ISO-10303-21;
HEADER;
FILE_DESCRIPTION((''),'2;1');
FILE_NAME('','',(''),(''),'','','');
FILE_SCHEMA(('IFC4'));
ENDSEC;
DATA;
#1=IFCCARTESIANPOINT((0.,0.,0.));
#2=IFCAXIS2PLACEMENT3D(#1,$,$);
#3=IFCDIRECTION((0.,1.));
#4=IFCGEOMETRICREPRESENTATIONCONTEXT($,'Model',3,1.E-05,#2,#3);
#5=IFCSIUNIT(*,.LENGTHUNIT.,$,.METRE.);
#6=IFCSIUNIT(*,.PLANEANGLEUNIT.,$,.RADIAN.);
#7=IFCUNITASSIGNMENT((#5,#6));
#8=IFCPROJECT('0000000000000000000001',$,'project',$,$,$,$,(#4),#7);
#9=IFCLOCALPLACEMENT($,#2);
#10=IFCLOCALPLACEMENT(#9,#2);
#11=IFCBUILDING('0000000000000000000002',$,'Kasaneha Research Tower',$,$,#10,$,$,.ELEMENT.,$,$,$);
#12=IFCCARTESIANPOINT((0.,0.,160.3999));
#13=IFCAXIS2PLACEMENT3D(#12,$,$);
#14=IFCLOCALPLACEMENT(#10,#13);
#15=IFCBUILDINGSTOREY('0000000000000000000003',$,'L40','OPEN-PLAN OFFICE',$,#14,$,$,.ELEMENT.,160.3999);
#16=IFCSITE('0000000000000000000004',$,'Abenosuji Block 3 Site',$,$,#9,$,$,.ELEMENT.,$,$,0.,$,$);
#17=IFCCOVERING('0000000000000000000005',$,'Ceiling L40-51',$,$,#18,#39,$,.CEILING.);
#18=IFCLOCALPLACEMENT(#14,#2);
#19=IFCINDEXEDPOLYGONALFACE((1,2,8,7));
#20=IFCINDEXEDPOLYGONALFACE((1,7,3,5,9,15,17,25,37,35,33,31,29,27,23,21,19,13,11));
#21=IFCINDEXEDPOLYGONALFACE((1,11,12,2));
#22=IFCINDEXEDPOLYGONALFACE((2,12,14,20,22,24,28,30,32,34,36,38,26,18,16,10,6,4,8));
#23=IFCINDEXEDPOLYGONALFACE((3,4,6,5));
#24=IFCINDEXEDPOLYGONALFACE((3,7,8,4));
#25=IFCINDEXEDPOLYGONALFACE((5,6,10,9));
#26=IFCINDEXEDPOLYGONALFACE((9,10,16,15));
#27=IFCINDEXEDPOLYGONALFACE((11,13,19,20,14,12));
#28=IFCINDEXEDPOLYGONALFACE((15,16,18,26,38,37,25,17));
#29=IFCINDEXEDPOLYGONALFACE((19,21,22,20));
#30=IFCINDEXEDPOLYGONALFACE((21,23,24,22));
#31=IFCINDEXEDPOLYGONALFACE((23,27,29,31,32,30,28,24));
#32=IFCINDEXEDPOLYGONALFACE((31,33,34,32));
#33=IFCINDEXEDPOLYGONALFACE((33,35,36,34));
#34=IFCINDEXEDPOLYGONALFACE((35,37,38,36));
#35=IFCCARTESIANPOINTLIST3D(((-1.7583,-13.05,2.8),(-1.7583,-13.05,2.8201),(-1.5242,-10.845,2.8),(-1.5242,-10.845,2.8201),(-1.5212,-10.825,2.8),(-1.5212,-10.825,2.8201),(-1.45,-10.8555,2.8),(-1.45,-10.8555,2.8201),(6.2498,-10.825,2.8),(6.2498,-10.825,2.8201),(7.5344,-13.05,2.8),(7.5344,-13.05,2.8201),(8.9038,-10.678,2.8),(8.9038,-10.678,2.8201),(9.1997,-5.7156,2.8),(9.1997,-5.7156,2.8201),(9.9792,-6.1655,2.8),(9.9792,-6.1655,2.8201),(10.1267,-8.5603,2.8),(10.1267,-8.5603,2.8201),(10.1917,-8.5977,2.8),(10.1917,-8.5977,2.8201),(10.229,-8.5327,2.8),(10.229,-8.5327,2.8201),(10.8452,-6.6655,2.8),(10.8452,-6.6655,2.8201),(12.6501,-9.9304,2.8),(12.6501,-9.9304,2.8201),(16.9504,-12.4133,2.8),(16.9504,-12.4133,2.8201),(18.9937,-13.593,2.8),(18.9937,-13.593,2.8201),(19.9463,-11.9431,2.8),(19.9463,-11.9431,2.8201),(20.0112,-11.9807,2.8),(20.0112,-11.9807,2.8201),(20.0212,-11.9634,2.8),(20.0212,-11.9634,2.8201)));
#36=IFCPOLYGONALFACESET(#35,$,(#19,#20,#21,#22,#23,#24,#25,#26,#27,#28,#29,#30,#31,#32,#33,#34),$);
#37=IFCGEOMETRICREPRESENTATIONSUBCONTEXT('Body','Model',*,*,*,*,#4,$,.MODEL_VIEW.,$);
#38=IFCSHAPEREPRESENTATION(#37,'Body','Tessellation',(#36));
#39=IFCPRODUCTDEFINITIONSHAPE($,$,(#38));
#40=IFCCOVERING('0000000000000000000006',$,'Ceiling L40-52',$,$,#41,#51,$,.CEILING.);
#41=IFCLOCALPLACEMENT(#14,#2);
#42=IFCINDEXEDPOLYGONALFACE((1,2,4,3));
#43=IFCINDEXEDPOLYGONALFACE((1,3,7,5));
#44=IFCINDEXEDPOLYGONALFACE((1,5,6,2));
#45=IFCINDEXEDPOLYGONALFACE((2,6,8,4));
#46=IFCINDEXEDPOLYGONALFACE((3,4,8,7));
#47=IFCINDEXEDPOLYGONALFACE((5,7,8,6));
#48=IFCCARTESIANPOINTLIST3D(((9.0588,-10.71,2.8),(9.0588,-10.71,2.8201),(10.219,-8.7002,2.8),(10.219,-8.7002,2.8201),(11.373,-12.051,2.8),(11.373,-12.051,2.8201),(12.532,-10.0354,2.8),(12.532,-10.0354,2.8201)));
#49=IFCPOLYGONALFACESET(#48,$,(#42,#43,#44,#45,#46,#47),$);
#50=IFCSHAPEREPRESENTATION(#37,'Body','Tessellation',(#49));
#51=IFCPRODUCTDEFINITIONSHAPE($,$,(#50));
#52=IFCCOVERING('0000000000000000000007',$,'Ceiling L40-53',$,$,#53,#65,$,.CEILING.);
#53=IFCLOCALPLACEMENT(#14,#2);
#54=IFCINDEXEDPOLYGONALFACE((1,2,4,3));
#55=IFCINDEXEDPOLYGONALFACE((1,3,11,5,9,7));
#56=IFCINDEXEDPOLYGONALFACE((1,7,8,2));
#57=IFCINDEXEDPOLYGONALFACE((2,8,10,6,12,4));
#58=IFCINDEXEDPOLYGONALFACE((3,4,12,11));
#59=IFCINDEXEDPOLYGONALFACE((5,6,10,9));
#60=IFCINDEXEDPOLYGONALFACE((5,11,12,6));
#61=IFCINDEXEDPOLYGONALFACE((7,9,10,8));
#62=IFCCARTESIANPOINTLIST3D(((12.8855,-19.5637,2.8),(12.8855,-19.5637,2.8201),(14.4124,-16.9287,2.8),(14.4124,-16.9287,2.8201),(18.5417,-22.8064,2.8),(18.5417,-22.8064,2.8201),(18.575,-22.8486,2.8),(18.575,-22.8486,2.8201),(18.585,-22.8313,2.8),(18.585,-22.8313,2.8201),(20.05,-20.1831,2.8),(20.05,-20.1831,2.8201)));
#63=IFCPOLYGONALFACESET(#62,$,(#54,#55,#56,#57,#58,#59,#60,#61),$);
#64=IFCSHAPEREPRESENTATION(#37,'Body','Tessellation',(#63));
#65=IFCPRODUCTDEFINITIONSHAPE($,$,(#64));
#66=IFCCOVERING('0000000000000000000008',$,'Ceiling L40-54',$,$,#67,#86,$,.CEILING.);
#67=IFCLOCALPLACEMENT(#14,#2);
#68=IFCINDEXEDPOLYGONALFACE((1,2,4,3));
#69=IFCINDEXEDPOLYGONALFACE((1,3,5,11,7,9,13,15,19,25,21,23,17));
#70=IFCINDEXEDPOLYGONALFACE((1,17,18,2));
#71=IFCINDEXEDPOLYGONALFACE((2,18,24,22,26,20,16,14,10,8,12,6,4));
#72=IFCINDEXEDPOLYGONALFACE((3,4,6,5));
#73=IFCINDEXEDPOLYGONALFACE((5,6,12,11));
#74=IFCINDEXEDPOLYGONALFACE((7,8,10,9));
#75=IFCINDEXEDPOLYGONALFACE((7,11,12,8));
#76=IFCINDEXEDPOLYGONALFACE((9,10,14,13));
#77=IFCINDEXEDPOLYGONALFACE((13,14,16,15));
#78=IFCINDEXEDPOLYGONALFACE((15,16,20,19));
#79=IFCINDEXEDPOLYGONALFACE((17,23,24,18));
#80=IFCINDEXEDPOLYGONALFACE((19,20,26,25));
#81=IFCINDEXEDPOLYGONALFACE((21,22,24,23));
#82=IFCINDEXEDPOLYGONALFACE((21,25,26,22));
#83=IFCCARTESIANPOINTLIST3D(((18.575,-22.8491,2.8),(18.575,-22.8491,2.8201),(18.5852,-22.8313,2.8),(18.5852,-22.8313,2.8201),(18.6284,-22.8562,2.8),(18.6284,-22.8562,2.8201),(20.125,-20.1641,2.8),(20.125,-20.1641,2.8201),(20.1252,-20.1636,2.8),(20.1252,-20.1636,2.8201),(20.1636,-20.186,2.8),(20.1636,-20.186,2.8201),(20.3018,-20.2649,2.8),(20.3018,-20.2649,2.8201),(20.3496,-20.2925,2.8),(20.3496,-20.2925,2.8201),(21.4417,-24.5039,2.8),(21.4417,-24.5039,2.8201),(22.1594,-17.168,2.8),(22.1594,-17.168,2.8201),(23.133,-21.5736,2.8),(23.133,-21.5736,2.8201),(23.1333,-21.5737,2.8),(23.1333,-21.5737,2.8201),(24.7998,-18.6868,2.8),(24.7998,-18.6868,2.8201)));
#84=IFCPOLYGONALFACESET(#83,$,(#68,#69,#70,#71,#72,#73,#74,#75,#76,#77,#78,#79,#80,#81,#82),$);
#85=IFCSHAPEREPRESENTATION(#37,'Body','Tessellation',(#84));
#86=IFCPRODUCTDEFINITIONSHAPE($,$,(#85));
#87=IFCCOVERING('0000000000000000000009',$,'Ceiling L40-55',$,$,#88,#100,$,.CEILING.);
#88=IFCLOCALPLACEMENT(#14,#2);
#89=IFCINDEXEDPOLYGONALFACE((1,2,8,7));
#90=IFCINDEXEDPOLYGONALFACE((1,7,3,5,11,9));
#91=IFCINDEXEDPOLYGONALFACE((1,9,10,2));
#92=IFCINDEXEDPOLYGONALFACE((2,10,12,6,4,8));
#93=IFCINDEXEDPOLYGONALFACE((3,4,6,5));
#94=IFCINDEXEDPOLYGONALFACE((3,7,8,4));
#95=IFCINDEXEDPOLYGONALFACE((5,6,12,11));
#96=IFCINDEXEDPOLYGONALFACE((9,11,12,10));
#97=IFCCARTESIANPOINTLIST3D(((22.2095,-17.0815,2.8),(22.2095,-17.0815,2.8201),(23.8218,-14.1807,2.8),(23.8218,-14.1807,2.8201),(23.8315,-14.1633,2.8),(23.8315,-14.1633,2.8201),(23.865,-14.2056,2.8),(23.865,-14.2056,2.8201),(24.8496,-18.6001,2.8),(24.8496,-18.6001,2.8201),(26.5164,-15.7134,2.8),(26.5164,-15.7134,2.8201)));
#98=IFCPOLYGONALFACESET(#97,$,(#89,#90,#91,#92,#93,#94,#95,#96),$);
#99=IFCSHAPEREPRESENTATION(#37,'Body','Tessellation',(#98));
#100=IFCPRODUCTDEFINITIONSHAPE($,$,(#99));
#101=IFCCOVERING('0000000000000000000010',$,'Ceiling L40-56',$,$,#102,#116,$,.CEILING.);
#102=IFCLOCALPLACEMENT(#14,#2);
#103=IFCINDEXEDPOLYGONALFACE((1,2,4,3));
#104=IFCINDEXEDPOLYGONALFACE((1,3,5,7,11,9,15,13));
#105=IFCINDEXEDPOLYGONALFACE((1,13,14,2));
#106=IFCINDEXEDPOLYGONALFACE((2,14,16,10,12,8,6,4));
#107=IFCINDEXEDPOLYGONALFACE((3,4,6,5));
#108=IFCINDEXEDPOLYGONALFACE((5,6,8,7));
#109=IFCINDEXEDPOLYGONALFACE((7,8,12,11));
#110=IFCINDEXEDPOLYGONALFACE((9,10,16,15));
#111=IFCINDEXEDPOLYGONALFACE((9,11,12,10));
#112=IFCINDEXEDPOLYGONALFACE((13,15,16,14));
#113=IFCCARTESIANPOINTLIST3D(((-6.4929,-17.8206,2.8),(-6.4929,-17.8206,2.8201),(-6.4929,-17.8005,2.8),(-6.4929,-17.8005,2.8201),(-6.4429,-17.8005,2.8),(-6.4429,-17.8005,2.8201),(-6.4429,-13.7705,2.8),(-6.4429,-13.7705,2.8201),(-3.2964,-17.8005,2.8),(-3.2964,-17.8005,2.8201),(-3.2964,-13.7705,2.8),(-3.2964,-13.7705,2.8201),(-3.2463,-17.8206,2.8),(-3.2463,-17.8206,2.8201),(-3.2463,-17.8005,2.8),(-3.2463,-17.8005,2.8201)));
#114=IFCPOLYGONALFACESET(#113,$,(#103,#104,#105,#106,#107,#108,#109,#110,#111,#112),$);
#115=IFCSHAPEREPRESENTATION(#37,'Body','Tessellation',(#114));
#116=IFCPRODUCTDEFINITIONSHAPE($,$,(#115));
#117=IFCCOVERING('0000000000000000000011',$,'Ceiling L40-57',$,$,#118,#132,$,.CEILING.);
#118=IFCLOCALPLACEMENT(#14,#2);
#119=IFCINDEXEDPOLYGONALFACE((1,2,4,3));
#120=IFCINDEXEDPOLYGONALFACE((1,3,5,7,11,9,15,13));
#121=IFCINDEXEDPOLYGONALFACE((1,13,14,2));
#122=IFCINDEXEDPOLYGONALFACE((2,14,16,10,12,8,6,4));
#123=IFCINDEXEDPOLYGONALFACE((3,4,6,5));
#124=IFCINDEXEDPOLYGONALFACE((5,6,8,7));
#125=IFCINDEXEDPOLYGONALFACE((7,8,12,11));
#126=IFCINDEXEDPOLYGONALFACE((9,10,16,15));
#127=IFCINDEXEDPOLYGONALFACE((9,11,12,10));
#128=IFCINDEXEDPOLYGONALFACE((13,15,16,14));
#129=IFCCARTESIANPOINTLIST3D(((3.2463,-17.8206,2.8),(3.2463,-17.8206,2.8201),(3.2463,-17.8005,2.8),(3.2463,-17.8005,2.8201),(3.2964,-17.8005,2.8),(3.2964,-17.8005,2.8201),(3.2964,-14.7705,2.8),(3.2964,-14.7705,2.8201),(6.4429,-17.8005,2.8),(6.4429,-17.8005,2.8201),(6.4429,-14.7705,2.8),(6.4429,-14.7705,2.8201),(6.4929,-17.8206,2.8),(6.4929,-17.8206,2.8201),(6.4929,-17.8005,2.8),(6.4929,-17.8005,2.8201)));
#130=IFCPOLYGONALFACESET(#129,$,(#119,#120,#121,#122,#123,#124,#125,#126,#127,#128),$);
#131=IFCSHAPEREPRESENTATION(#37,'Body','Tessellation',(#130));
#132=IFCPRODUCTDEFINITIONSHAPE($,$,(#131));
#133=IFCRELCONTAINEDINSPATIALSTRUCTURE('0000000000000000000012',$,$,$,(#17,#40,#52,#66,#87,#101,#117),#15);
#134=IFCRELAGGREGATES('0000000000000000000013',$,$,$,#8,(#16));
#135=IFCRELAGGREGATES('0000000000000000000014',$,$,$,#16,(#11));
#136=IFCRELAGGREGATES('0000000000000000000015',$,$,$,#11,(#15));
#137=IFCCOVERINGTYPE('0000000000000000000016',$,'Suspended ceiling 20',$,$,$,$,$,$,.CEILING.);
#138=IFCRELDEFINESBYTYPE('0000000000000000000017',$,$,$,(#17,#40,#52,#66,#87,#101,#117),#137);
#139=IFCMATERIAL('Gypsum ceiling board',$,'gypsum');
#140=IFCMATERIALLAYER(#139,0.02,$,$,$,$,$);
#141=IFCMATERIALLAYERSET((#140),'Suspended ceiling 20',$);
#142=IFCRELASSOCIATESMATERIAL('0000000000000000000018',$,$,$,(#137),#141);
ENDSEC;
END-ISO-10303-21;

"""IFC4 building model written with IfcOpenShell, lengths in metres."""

from ifc_helpers import new_model, si_unit, direction, frame, origin, place, context, subcontext, project, spatial, polyline, outline, extrude, material, layer, layer_set, type_object, element, save


model = new_model("IFC4")

# Units and contexts
model_context = context("Model", 3, precision=1e-05, world=origin(), true_north=direction((0.0, 1.0)))
body_context = subcontext(model_context, "Body", "Model", "MODEL_VIEW")
ifc_project = project(units=[si_unit("LENGTHUNIT", "METRE"), si_unit("PLANEANGLEUNIT", "RADIAN")], contexts=[model_context])

# Site, building, storey
site_placement = place(None, origin())
site = spatial("IfcSite", under=ifc_project, at=site_placement, Name="Abenosuji Block 3 Site", CompositionType="ELEMENT", RefElevation=0.0)
building_placement = place(site_placement, origin())
building = spatial("IfcBuilding", under=site, at=building_placement, Name="Kasaneha Research Tower", CompositionType="ELEMENT")
storey_placement = place(building_placement, frame((0.0, 0.0, 160.3999)))
storey = spatial("IfcBuildingStorey", under=building, at=storey_placement, Name="L40", Description="OPEN-PLAN OFFICE", CompositionType="ELEMENT", Elevation=160.3999)

# Coverings
ifc_material_1 = material(Name="Gypsum ceiling board", Category="gypsum")
ifc_layer_1 = layer(ifc_material_1, 0.02)
ifc_layer_set_1 = layer_set([ifc_layer_1], Name="Suspended ceiling 20")
covering_type_1 = type_object("IfcCoveringType", Name="Suspended ceiling 20", PredefinedType="CEILING", material=ifc_layer_set_1)
covering_1_placement = place(storey_placement, frame((0.0, 0.0, 2.8)))
element("IfcCovering", 1, at=covering_1_placement, inside=storey, type_object=covering_type_1, Name="Ceiling L40-51", PredefinedType="CEILING", context=body_context, shape_type="SweptSolid", body=[
    extrude(outline(polyline([(10.1917, -8.5977), (10.1267, -8.5603), (8.9038, -10.678), (8.9038, -10.678), (7.5344, -13.05), (-1.7583, -13.05), (-1.45, -10.8555), (-1.5242, -10.845), (-1.5212, -10.825), (6.2498, -10.825), (9.1997, -5.7156), (9.9792, -6.1655), (9.9792, -6.1655), (10.8452, -6.6655), (10.8452, -6.6655), (20.0212, -11.9634), (20.0112, -11.9807), (19.9463, -11.9431), (18.9937, -13.593), (16.9504, -12.4133), (16.9504, -12.4133), (12.6501, -9.9304), (12.6501, -9.9304), (10.229, -8.5327), (10.1917, -8.5977), (10.1917, -8.5977), (10.1917, -8.5977)])), origin(), (0.0, 0.0, 1.0), 0.02),
])
covering_2_placement = place(storey_placement, frame((0.0, 0.0, 2.8)))
element("IfcCovering", 2, at=covering_2_placement, inside=storey, type_object=covering_type_1, Name="Ceiling L40-52", PredefinedType="CEILING", context=body_context, shape_type="SweptSolid", body=[
    extrude(outline(polyline([(10.219, -8.7002), (12.532, -10.0354), (11.373, -12.051), (9.0588, -10.71), (10.219, -8.7002)])), origin(), (0.0, 0.0, 1.0), 0.02),
])
covering_3_placement = place(storey_placement, frame((0.0, 0.0, 2.8)))
element("IfcCovering", 3, at=covering_3_placement, inside=storey, type_object=covering_type_1, Name="Ceiling L40-53", PredefinedType="CEILING", context=body_context, shape_type="SweptSolid", body=[
    extrude(outline(polyline([(12.8855, -19.5637), (14.4124, -16.9287), (20.05, -20.1831), (18.5417, -22.8064), (18.585, -22.8313), (18.575, -22.8486), (12.8855, -19.5637)])), origin(), (0.0, 0.0, 1.0), 0.02),
])
covering_4_placement = place(storey_placement, frame((0.0, 0.0, 2.8)))
element("IfcCovering", 4, at=covering_4_placement, inside=storey, type_object=covering_type_1, Name="Ceiling L40-54", PredefinedType="CEILING", context=body_context, shape_type="SweptSolid", body=[
    extrude(outline(polyline([(20.8503, -20.2556), (23.1333, -21.5737), (21.4417, -24.5039), (18.575, -22.8491), (18.5852, -22.8313), (18.6284, -22.8562), (20.1636, -20.186), (20.125, -20.1641), (20.1252, -20.1636), (20.3018, -20.2649), (20.3496, -20.2925), (22.1594, -17.168), (24.7998, -18.6868), (23.1331, -21.5735), (20.8503, -20.2556)])), origin(), (0.0, 0.0, 1.0), 0.02),
])
covering_5_placement = place(storey_placement, frame((0.0, 0.0, 2.8)))
element("IfcCovering", 5, at=covering_5_placement, inside=storey, type_object=covering_type_1, Name="Ceiling L40-55", PredefinedType="CEILING", context=body_context, shape_type="SweptSolid", body=[
    extrude(outline(polyline([(24.8496, -18.6001), (22.2095, -17.0815), (23.865, -14.2056), (23.8218, -14.1807), (23.8315, -14.1633), (26.5164, -15.7134), (24.8496, -18.6001)])), origin(), (0.0, 0.0, 1.0), 0.02),
])
covering_6_placement = place(storey_placement, frame((0.0, 0.0, 2.8)))
element("IfcCovering", 6, at=covering_6_placement, inside=storey, type_object=covering_type_1, Name="Ceiling L40-56", PredefinedType="CEILING", context=body_context, shape_type="SweptSolid", body=[
    extrude(outline(polyline([(-6.4929, -17.8206), (-6.4929, -17.8005), (-6.4429, -17.8005), (-6.4429, -13.7705), (-3.2964, -13.7705), (-3.2964, -17.8005), (-3.2463, -17.8005), (-3.2463, -17.8206), (-6.4929, -17.8206)])), origin(), (0.0, 0.0, 1.0), 0.02),
])
covering_7_placement = place(storey_placement, frame((0.0, 0.0, 2.8)))
element("IfcCovering", 7, at=covering_7_placement, inside=storey, type_object=covering_type_1, Name="Ceiling L40-57", PredefinedType="CEILING", context=body_context, shape_type="SweptSolid", body=[
    extrude(outline(polyline([(3.2463, -17.8206), (3.2463, -17.8005), (3.2964, -17.8005), (3.2964, -14.7705), (6.4429, -14.7705), (6.4429, -17.8005), (6.4929, -17.8005), (6.4929, -17.8206), (3.2463, -17.8206)])), origin(), (0.0, 0.0, 1.0), 0.02),
])

save(model, "model.ifc")
